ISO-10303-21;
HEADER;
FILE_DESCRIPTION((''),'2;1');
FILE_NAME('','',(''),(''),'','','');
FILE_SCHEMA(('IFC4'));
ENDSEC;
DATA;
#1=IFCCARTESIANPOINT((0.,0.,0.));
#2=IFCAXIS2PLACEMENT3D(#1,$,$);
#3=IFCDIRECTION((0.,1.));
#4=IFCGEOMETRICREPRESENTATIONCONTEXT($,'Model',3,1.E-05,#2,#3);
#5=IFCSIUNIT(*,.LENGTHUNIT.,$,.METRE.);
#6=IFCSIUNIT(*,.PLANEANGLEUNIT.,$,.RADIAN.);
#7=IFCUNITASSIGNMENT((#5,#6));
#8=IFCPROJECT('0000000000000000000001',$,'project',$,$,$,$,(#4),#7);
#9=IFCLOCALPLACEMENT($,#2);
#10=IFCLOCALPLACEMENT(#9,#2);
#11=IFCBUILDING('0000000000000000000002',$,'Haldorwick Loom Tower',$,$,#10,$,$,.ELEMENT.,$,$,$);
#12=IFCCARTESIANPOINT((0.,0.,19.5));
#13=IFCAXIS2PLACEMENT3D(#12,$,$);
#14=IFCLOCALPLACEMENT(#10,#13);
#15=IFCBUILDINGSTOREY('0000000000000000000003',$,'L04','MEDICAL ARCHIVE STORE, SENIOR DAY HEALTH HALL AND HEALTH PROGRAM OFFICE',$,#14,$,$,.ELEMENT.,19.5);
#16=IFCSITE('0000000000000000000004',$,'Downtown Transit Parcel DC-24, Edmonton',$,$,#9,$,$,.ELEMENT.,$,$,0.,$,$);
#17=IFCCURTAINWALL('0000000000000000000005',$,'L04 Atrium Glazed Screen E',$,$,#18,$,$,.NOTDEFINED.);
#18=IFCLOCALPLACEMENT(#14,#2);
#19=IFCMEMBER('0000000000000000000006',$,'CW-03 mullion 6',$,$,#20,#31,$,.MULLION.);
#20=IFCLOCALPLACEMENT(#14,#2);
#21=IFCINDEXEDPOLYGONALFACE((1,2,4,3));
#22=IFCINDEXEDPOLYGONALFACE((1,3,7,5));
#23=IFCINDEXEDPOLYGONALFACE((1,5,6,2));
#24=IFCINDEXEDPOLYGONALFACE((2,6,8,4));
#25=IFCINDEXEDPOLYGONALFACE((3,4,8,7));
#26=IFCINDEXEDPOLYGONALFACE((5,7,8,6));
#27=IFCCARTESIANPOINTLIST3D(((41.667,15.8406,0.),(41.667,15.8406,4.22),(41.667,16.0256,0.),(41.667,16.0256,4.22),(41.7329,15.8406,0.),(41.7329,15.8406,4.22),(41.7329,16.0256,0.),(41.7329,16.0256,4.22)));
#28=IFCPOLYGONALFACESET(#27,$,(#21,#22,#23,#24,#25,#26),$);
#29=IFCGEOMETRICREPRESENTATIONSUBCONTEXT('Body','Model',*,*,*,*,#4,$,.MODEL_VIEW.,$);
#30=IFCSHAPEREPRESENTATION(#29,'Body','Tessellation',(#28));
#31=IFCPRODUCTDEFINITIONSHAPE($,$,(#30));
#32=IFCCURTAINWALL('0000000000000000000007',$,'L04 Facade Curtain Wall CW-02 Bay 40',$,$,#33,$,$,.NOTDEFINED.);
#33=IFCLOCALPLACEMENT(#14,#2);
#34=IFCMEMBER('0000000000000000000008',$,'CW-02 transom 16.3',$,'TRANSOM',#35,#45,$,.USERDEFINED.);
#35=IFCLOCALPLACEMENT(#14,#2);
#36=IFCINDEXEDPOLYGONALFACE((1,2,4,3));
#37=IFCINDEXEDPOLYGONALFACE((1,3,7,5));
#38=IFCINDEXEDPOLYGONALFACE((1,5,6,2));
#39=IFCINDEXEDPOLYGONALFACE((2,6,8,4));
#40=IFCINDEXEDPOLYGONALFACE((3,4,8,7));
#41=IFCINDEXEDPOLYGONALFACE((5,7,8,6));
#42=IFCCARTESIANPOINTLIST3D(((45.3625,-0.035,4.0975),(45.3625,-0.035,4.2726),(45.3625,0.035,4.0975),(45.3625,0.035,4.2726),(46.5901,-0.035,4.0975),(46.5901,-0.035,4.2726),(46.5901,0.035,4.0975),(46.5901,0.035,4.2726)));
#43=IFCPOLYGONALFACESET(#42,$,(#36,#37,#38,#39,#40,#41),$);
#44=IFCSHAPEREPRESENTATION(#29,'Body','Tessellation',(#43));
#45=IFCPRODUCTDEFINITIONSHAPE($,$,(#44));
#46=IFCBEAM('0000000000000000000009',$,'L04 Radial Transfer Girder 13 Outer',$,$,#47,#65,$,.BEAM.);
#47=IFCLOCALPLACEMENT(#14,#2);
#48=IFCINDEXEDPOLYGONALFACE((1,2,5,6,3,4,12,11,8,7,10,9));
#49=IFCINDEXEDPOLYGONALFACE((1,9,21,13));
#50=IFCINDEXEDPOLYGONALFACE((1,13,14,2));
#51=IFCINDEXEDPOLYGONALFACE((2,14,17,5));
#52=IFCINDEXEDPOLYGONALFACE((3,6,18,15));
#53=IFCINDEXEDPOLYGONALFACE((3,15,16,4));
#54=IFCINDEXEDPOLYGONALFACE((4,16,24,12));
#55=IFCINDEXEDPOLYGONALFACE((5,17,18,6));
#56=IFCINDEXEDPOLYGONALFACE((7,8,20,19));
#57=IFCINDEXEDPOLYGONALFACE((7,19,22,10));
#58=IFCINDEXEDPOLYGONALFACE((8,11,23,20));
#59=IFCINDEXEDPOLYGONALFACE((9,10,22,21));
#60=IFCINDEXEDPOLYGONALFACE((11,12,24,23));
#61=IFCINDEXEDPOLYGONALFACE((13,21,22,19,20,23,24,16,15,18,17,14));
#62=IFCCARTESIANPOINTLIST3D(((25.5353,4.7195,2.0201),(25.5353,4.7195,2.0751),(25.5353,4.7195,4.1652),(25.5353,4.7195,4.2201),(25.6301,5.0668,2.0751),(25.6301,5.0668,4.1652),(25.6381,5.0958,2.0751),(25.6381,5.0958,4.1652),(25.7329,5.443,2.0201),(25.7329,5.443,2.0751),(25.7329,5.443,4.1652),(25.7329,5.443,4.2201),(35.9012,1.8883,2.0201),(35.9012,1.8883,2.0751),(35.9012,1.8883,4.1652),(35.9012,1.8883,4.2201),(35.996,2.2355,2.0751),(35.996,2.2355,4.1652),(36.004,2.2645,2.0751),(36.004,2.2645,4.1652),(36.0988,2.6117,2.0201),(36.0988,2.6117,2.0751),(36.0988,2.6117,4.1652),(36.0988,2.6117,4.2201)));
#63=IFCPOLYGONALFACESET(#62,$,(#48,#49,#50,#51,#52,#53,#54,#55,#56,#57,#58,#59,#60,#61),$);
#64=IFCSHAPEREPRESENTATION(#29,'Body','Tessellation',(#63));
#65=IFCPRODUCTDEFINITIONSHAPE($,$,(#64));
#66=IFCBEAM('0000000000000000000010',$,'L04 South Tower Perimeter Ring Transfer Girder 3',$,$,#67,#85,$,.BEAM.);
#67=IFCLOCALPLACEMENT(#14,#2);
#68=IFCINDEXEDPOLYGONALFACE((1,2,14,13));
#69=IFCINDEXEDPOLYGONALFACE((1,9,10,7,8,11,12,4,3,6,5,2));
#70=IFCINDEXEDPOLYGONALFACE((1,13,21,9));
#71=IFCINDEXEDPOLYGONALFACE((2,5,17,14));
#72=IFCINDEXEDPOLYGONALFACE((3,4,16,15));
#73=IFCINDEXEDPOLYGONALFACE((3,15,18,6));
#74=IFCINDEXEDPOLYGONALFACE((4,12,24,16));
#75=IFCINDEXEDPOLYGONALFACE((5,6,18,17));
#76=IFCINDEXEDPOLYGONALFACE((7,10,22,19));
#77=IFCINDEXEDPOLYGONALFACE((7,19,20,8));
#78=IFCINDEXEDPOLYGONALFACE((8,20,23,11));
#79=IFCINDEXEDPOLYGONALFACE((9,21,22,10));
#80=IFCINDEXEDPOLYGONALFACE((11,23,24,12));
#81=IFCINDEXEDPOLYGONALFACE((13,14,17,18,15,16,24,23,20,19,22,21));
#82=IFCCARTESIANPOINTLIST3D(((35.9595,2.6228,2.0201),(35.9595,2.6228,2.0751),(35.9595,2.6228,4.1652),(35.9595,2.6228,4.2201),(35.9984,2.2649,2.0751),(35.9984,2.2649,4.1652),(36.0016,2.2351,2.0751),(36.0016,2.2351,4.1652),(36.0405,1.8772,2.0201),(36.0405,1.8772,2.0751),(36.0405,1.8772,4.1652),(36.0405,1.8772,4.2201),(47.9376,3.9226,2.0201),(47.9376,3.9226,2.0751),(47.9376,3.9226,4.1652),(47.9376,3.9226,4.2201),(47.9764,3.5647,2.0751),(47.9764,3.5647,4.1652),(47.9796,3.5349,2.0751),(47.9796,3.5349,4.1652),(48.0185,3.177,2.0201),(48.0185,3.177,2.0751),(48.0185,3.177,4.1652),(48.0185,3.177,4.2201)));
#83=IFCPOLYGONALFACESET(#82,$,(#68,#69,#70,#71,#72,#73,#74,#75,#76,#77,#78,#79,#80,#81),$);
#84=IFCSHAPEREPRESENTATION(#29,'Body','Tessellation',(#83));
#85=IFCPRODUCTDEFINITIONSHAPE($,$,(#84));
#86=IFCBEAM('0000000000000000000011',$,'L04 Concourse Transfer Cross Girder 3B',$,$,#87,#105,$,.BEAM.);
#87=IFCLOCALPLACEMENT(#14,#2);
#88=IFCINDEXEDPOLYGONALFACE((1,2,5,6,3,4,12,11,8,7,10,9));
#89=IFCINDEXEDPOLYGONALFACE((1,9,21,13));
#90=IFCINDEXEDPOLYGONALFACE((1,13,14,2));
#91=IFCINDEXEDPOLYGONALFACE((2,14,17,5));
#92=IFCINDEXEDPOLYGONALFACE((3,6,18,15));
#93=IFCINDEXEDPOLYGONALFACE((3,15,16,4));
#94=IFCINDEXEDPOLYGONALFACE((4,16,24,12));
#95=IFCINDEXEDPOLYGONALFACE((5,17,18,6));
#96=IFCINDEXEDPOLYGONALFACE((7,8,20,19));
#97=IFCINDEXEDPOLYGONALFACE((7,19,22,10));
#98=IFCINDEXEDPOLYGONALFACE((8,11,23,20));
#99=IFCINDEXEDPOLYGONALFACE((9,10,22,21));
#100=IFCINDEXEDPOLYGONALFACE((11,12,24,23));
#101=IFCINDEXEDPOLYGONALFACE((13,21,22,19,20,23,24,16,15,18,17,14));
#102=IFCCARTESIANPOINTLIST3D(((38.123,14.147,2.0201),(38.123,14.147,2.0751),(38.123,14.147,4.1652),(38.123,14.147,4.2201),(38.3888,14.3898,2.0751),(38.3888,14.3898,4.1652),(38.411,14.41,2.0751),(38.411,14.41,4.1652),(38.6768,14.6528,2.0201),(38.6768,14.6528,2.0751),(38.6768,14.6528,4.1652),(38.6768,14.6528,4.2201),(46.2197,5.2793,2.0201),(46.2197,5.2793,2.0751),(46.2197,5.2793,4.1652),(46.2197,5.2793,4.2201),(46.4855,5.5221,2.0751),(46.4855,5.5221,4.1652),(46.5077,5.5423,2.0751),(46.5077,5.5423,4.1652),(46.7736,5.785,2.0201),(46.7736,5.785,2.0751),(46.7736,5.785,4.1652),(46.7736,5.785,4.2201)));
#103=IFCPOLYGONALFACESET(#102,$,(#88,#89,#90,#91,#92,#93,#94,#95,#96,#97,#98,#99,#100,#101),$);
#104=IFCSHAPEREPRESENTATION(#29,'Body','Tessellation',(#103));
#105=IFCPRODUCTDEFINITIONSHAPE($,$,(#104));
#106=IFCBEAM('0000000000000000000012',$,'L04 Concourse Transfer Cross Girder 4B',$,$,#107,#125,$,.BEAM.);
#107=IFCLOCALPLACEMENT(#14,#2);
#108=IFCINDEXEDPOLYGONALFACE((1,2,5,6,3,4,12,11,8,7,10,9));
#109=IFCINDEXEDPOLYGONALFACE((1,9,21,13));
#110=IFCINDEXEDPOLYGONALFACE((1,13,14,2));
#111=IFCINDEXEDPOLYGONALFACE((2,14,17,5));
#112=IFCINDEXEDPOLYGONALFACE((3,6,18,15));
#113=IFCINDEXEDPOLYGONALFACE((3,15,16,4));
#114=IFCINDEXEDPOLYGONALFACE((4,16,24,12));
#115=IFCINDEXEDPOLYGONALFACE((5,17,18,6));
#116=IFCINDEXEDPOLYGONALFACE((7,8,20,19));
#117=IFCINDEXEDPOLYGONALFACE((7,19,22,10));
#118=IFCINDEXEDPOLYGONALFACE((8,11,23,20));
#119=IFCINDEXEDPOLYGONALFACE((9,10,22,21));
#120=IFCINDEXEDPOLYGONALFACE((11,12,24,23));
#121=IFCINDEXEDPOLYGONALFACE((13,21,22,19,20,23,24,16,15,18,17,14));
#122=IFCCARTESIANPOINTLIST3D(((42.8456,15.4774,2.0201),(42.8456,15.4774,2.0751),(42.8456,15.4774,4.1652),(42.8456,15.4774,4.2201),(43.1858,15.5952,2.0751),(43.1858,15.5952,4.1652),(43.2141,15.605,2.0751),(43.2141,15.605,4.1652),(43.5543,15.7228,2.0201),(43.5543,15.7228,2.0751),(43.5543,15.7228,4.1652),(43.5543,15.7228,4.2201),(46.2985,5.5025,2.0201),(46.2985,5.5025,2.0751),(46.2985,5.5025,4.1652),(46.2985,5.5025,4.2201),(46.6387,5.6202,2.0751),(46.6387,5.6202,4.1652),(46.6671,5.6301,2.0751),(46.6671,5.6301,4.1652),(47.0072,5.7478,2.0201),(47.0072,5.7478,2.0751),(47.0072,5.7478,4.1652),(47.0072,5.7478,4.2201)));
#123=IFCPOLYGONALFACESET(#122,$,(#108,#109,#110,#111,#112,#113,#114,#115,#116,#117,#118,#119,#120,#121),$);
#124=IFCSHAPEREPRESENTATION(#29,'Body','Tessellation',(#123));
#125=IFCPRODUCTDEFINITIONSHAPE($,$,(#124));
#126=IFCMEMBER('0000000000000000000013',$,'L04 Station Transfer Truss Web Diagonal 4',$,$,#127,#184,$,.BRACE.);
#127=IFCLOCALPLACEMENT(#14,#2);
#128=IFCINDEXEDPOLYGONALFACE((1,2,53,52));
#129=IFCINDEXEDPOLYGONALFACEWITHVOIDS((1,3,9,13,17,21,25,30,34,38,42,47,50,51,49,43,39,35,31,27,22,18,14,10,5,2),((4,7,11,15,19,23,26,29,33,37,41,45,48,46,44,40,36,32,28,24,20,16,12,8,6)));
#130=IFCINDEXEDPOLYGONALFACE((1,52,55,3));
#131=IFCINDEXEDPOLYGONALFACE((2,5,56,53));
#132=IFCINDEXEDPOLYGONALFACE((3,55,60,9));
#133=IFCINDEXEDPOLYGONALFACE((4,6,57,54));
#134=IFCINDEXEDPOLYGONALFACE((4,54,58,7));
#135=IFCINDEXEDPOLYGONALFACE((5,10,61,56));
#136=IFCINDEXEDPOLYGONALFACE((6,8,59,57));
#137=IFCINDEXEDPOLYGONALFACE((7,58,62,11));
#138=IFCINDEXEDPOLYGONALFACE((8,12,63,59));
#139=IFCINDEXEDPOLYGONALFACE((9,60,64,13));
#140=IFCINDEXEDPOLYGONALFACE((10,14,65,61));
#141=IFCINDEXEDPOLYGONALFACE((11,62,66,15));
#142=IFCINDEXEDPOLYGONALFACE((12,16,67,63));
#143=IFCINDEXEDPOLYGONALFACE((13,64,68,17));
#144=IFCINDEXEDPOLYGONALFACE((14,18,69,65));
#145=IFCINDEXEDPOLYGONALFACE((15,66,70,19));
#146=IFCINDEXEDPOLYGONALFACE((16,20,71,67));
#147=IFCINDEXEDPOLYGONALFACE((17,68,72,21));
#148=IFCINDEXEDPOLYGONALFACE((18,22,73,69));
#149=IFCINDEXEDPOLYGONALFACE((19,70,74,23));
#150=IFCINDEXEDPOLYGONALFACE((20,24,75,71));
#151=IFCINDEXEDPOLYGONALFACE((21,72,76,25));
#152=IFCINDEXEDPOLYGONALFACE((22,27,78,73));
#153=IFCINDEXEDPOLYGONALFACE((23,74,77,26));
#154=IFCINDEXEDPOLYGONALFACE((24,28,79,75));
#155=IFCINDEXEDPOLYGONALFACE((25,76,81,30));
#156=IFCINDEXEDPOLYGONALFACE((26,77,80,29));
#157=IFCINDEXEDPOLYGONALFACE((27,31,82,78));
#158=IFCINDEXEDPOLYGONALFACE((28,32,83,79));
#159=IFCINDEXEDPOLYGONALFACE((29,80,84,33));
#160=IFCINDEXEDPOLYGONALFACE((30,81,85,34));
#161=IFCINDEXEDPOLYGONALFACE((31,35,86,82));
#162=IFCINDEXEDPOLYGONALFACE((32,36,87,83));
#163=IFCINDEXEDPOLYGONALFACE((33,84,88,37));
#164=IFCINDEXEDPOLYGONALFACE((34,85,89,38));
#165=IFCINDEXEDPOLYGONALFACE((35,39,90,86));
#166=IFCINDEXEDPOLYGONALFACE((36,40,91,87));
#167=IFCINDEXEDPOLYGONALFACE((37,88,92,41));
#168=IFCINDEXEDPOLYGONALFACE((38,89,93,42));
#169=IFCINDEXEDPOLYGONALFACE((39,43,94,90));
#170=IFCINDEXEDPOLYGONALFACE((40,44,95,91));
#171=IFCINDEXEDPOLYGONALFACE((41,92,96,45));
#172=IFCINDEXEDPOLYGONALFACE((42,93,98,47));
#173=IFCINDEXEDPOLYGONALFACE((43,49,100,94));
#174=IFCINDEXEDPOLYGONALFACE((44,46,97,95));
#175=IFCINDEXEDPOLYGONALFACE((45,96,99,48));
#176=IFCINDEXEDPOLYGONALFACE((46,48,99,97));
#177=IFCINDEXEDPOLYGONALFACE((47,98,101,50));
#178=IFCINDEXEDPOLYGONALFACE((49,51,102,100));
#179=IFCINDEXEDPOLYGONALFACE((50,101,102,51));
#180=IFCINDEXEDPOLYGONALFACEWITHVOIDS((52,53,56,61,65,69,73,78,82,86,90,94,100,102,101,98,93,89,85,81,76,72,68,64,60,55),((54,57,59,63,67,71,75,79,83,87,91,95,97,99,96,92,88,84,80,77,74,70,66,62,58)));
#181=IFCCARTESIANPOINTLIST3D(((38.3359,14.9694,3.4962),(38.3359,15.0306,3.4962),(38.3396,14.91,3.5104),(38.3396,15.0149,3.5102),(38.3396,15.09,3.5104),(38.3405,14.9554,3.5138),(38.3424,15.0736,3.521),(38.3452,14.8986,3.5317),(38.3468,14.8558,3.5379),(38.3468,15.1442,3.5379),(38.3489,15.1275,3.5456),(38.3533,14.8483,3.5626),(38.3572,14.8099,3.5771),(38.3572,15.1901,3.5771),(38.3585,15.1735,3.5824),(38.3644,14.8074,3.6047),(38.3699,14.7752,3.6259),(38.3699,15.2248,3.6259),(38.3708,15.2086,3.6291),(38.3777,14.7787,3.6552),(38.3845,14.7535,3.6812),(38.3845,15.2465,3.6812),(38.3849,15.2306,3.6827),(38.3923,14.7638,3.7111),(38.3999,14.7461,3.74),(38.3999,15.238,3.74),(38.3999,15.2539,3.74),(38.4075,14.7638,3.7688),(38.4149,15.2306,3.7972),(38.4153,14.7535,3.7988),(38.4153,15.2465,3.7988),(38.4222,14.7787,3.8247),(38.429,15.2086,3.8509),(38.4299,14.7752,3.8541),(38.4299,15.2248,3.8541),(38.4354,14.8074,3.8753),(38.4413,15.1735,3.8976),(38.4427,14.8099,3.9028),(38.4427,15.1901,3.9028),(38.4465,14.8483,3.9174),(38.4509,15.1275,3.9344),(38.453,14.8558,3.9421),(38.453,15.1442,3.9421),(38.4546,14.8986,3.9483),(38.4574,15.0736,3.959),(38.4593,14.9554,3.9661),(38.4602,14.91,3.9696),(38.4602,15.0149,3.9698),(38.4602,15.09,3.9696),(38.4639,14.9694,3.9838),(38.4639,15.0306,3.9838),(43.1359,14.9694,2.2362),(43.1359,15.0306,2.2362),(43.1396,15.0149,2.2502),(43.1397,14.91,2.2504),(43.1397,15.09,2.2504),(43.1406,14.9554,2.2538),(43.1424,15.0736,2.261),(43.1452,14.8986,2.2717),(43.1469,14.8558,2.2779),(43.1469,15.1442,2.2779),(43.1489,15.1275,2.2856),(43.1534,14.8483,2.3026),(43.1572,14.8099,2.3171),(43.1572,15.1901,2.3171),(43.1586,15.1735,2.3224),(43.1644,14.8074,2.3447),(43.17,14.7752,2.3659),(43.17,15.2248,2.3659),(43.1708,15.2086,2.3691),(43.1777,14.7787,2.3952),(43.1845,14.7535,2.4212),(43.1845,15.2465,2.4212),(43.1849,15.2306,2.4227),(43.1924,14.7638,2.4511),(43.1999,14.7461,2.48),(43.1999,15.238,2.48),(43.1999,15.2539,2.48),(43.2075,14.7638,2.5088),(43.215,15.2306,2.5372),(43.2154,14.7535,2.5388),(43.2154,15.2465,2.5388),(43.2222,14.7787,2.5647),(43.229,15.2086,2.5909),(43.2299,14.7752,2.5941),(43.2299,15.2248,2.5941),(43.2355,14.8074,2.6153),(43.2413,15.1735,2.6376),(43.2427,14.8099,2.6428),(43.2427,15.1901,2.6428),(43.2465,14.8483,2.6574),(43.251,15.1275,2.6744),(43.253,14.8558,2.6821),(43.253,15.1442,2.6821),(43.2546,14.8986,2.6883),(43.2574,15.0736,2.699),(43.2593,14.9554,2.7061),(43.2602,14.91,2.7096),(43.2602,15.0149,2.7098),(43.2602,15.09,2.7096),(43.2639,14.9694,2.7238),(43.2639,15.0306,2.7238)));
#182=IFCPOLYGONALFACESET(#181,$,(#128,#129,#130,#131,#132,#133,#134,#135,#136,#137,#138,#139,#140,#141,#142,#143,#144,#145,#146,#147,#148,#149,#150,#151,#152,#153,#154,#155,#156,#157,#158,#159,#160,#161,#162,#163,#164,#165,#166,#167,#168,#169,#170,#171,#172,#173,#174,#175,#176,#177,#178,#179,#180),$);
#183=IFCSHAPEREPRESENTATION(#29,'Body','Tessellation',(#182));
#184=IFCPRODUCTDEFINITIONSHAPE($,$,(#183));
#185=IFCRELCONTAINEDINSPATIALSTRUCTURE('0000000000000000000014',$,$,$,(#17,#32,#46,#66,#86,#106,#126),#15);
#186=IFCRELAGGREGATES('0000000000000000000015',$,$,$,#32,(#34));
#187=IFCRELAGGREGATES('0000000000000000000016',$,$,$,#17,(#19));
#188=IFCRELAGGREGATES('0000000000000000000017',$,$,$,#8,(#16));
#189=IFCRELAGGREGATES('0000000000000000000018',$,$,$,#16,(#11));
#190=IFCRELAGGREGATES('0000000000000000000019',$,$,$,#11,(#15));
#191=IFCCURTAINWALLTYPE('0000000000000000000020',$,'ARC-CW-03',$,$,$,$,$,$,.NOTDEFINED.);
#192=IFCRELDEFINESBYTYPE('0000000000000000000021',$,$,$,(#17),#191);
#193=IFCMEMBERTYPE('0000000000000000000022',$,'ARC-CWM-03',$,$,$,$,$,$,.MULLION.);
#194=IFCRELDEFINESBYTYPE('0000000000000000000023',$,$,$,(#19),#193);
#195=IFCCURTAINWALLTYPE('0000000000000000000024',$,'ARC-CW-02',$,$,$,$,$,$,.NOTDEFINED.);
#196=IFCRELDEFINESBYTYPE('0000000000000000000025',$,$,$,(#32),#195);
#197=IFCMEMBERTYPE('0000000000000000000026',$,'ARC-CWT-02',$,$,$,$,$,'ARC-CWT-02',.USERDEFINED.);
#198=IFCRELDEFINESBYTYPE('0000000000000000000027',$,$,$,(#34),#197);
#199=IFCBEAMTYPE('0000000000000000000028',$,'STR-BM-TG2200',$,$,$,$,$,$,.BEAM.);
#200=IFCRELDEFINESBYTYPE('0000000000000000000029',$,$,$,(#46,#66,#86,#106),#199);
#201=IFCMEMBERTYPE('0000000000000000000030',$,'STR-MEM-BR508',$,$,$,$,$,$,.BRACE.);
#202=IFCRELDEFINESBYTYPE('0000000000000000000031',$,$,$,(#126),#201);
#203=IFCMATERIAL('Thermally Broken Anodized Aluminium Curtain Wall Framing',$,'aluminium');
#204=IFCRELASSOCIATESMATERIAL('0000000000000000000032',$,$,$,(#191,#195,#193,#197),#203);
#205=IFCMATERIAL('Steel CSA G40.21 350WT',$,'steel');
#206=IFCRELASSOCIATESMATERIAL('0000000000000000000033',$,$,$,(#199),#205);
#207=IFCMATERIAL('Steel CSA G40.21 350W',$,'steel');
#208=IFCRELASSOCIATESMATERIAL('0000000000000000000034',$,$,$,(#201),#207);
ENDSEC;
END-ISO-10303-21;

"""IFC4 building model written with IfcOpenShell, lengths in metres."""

from ifc_helpers import new_model, si_unit, direction, frame, origin, origin_2d, place, context, subcontext, project, spatial, rectangle, hollow_circle, i_section, extrude, material, material_profile, profile_set, type_object, element, aggregate, save


model = new_model("IFC4")

# Units and contexts
model_context = context("Model", 3, precision=1e-05, world=origin(), true_north=direction((0.0, 1.0)))
body_context = subcontext(model_context, "Body", "Model", "MODEL_VIEW")
ifc_project = project(units=[si_unit("LENGTHUNIT", "METRE"), si_unit("PLANEANGLEUNIT", "RADIAN")], contexts=[model_context])

# Site, building, storey
site_placement = place(None, origin())
site = spatial("IfcSite", under=ifc_project, at=site_placement, Name="Downtown Transit Parcel DC-24, Edmonton", CompositionType="ELEMENT", RefElevation=0.0)
building_placement = place(site_placement, origin())
building = spatial("IfcBuilding", under=site, at=building_placement, Name="Haldorwick Loom Tower", CompositionType="ELEMENT")
storey_placement = place(building_placement, frame((0.0, 0.0, 19.5)))
storey = spatial("IfcBuildingStorey", under=building, at=storey_placement, Name="L04", Description="MEDICAL ARCHIVE STORE, SENIOR DAY HEALTH HALL AND HEALTH PROGRAM OFFICE", CompositionType="ELEMENT", Elevation=19.5)

# Curtain walls, members
ifc_material_1 = material(Name="Thermally Broken Anodized Aluminium Curtain Wall Framing", Category="aluminium")
curtain_wall_type_1 = type_object("IfcCurtainWallType", Name="ARC-CW-03", PredefinedType="NOTDEFINED", material=ifc_material_1)
curtain_wall_1_placement = place(storey_placement, origin())
curtain_wall_1 = element("IfcCurtainWall", 1, at=curtain_wall_1_placement, inside=storey, type_object=curtain_wall_type_1, Name="L04 Atrium Glazed Screen E", PredefinedType="NOTDEFINED")
ifc_material_profile_1 = material_profile(ifc_material_1, rectangle(XDim=0.0659, YDim=0.1851, at=origin_2d()), Name="ALU_MUL_66X185", Category="aluminium")
ifc_profile_set_1 = profile_set([ifc_material_profile_1], Name="Thermally Broken Anodized Aluminium Curtain Wall Framing")
member_type_1 = type_object("IfcMemberType", Name="ARC-CWM-03", PredefinedType="MULLION", material=ifc_profile_set_1)
member_1_placement = place(storey_placement, frame((41.7, 15.9331, 0.0), z_axis=(0.0, 0.0, 1.0), x_axis=(1.0, 0.0, 0.0)))
member_1 = element("IfcMember", 2, at=member_1_placement, type_object=member_type_1, Name="CW-03 mullion 6", PredefinedType="MULLION", context=body_context, shape_type="SweptSolid", body=[
    extrude(rectangle(XDim=0.0659, YDim=0.1851, at=origin_2d()), origin(), (0.0, 0.0, 1.0), 4.22),
])
curtain_wall_type_2 = type_object("IfcCurtainWallType", Name="ARC-CW-02", PredefinedType="NOTDEFINED", material=ifc_material_1)
curtain_wall_2_placement = place(storey_placement, origin())
curtain_wall_2 = element("IfcCurtainWall", 3, at=curtain_wall_2_placement, inside=storey, type_object=curtain_wall_type_2, Name="L04 Facade Curtain Wall CW-02 Bay 40", PredefinedType="NOTDEFINED")
ifc_material_profile_2 = material_profile(ifc_material_1, rectangle(XDim=0.0701, YDim=0.175, at=origin_2d()), Name="ALU_TRN_70X175", Category="aluminium")
ifc_profile_set_2 = profile_set([ifc_material_profile_2], Name="Thermally Broken Anodized Aluminium Curtain Wall Framing")
member_type_2 = type_object("IfcMemberType", Name="ARC-CWT-02", ElementType="ARC-CWT-02", PredefinedType="USERDEFINED", material=ifc_profile_set_2)
member_2_placement = place(storey_placement, frame((45.3625, 0.0, 4.1851), z_axis=(1.0, 0.0, 0.0), x_axis=(0.0, 1.0, 0.0)))
member_2 = element("IfcMember", 4, at=member_2_placement, type_object=member_type_2, Name="CW-02 transom 16.3", ObjectType="TRANSOM", PredefinedType="USERDEFINED", context=body_context, shape_type="SweptSolid", body=[
    extrude(rectangle(XDim=0.0701, YDim=0.175, at=origin_2d()), origin(), (0.0, 0.0, 1.0), 1.2275),
])

# Beams
ifc_material_2 = material(Name="Steel CSA G40.21 350WT", Category="steel")
ifc_material_profile_3 = material_profile(ifc_material_2, i_section(OverallWidth=0.75, OverallDepth=2.2, WebThickness=0.03, FlangeThickness=0.0549, at=origin_2d()), Name="WWF2200X750", Category="steel")
ifc_profile_set_3 = profile_set([ifc_material_profile_3], Name="Steel CSA G40.21 350WT")
beam_type = type_object("IfcBeamType", Name="STR-BM-TG2200", PredefinedType="BEAM", material=ifc_profile_set_3)
beam_1_placement = place(storey_placement, frame((36.0, 2.25, 3.1201), z_axis=(-0.964664, 0.263483, 0.0), x_axis=(-0.263483, -0.964664, 0.0)))
element("IfcBeam", 5, at=beam_1_placement, inside=storey, type_object=beam_type, Name="L04 Radial Transfer Girder 13 Outer", PredefinedType="BEAM", context=body_context, shape_type="SweptSolid", body=[
    extrude(i_section(OverallWidth=0.75, OverallDepth=2.2, WebThickness=0.03, FlangeThickness=0.0549, at=origin_2d()), origin(), (0.0, 0.0, 1.0), 10.7456),
])
beam_2_placement = place(storey_placement, frame((36.0, 2.25, 3.1201), z_axis=(0.994164, 0.107882, 0.0), x_axis=(-0.107882, 0.994164, 0.0)))
element("IfcBeam", 6, at=beam_2_placement, inside=storey, type_object=beam_type, Name="L04 South Tower Perimeter Ring Transfer Girder 3", PredefinedType="BEAM", context=body_context, shape_type="SweptSolid", body=[
    extrude(i_section(OverallWidth=0.75, OverallDepth=2.2, WebThickness=0.03, FlangeThickness=0.0549, at=origin_2d()), origin(), (0.0, 0.0, 1.0), 12.0483),
])
beam_3_placement = place(storey_placement, frame((38.3999, 14.3999, 3.1201), z_axis=(0.674274, -0.738481, 0.0), x_axis=(0.738481, 0.674274, 0.0)))
element("IfcBeam", 7, at=beam_3_placement, inside=storey, type_object=beam_type, Name="L04 Concourse Transfer Cross Girder 3B", PredefinedType="BEAM", context=body_context, shape_type="SweptSolid", body=[
    extrude(i_section(OverallWidth=0.75, OverallDepth=2.2, WebThickness=0.03, FlangeThickness=0.0549, at=origin_2d()), origin(), (0.0, 0.0, 1.0), 12.0081),
])
beam_4_placement = place(storey_placement, frame((43.2, 15.6001, 3.1201), z_axis=(0.327115, -0.944985, 0.0), x_axis=(0.944985, 0.327115, 0.0)))
element("IfcBeam", 8, at=beam_4_placement, inside=storey, type_object=beam_type, Name="L04 Concourse Transfer Cross Girder 4B", PredefinedType="BEAM", context=body_context, shape_type="SweptSolid", body=[
    extrude(i_section(OverallWidth=0.75, OverallDepth=2.2, WebThickness=0.03, FlangeThickness=0.0549, at=origin_2d()), origin(), (0.0, 0.0, 1.0), 10.5557),
])

# Member
ifc_material_3 = material(Name="Steel CSA G40.21 350W", Category="steel")
ifc_material_profile_4 = material_profile(ifc_material_3, hollow_circle(Radius=0.2539, WallThickness=0.0159, at=origin_2d()), Name="HSS508X16", Category="steel")
ifc_profile_set_4 = profile_set([ifc_material_profile_4], Name="Steel CSA G40.21 350W")
member_type_3 = type_object("IfcMemberType", Name="STR-MEM-BR508", PredefinedType="BRACE", material=ifc_profile_set_4)
member_3_placement = place(storey_placement, frame((38.3999, 15.0, 3.74), z_axis=(0.967231, 0.0, -0.253898), x_axis=(0.0, 1.0, 0.0)))
element("IfcMember", 9, at=member_3_placement, inside=storey, type_object=member_type_3, Name="L04 Station Transfer Truss Web Diagonal 4", PredefinedType="BRACE", context=body_context, shape_type="SweptSolid", body=[
    extrude(hollow_circle(Radius=0.2539, WallThickness=0.0159, at=origin_2d()), origin(), (0.0, 0.0, 1.0), 4.9626),
])

aggregate(curtain_wall_2, [member_2])
aggregate(curtain_wall_1, [member_1])

save(model, "model.ifc")
